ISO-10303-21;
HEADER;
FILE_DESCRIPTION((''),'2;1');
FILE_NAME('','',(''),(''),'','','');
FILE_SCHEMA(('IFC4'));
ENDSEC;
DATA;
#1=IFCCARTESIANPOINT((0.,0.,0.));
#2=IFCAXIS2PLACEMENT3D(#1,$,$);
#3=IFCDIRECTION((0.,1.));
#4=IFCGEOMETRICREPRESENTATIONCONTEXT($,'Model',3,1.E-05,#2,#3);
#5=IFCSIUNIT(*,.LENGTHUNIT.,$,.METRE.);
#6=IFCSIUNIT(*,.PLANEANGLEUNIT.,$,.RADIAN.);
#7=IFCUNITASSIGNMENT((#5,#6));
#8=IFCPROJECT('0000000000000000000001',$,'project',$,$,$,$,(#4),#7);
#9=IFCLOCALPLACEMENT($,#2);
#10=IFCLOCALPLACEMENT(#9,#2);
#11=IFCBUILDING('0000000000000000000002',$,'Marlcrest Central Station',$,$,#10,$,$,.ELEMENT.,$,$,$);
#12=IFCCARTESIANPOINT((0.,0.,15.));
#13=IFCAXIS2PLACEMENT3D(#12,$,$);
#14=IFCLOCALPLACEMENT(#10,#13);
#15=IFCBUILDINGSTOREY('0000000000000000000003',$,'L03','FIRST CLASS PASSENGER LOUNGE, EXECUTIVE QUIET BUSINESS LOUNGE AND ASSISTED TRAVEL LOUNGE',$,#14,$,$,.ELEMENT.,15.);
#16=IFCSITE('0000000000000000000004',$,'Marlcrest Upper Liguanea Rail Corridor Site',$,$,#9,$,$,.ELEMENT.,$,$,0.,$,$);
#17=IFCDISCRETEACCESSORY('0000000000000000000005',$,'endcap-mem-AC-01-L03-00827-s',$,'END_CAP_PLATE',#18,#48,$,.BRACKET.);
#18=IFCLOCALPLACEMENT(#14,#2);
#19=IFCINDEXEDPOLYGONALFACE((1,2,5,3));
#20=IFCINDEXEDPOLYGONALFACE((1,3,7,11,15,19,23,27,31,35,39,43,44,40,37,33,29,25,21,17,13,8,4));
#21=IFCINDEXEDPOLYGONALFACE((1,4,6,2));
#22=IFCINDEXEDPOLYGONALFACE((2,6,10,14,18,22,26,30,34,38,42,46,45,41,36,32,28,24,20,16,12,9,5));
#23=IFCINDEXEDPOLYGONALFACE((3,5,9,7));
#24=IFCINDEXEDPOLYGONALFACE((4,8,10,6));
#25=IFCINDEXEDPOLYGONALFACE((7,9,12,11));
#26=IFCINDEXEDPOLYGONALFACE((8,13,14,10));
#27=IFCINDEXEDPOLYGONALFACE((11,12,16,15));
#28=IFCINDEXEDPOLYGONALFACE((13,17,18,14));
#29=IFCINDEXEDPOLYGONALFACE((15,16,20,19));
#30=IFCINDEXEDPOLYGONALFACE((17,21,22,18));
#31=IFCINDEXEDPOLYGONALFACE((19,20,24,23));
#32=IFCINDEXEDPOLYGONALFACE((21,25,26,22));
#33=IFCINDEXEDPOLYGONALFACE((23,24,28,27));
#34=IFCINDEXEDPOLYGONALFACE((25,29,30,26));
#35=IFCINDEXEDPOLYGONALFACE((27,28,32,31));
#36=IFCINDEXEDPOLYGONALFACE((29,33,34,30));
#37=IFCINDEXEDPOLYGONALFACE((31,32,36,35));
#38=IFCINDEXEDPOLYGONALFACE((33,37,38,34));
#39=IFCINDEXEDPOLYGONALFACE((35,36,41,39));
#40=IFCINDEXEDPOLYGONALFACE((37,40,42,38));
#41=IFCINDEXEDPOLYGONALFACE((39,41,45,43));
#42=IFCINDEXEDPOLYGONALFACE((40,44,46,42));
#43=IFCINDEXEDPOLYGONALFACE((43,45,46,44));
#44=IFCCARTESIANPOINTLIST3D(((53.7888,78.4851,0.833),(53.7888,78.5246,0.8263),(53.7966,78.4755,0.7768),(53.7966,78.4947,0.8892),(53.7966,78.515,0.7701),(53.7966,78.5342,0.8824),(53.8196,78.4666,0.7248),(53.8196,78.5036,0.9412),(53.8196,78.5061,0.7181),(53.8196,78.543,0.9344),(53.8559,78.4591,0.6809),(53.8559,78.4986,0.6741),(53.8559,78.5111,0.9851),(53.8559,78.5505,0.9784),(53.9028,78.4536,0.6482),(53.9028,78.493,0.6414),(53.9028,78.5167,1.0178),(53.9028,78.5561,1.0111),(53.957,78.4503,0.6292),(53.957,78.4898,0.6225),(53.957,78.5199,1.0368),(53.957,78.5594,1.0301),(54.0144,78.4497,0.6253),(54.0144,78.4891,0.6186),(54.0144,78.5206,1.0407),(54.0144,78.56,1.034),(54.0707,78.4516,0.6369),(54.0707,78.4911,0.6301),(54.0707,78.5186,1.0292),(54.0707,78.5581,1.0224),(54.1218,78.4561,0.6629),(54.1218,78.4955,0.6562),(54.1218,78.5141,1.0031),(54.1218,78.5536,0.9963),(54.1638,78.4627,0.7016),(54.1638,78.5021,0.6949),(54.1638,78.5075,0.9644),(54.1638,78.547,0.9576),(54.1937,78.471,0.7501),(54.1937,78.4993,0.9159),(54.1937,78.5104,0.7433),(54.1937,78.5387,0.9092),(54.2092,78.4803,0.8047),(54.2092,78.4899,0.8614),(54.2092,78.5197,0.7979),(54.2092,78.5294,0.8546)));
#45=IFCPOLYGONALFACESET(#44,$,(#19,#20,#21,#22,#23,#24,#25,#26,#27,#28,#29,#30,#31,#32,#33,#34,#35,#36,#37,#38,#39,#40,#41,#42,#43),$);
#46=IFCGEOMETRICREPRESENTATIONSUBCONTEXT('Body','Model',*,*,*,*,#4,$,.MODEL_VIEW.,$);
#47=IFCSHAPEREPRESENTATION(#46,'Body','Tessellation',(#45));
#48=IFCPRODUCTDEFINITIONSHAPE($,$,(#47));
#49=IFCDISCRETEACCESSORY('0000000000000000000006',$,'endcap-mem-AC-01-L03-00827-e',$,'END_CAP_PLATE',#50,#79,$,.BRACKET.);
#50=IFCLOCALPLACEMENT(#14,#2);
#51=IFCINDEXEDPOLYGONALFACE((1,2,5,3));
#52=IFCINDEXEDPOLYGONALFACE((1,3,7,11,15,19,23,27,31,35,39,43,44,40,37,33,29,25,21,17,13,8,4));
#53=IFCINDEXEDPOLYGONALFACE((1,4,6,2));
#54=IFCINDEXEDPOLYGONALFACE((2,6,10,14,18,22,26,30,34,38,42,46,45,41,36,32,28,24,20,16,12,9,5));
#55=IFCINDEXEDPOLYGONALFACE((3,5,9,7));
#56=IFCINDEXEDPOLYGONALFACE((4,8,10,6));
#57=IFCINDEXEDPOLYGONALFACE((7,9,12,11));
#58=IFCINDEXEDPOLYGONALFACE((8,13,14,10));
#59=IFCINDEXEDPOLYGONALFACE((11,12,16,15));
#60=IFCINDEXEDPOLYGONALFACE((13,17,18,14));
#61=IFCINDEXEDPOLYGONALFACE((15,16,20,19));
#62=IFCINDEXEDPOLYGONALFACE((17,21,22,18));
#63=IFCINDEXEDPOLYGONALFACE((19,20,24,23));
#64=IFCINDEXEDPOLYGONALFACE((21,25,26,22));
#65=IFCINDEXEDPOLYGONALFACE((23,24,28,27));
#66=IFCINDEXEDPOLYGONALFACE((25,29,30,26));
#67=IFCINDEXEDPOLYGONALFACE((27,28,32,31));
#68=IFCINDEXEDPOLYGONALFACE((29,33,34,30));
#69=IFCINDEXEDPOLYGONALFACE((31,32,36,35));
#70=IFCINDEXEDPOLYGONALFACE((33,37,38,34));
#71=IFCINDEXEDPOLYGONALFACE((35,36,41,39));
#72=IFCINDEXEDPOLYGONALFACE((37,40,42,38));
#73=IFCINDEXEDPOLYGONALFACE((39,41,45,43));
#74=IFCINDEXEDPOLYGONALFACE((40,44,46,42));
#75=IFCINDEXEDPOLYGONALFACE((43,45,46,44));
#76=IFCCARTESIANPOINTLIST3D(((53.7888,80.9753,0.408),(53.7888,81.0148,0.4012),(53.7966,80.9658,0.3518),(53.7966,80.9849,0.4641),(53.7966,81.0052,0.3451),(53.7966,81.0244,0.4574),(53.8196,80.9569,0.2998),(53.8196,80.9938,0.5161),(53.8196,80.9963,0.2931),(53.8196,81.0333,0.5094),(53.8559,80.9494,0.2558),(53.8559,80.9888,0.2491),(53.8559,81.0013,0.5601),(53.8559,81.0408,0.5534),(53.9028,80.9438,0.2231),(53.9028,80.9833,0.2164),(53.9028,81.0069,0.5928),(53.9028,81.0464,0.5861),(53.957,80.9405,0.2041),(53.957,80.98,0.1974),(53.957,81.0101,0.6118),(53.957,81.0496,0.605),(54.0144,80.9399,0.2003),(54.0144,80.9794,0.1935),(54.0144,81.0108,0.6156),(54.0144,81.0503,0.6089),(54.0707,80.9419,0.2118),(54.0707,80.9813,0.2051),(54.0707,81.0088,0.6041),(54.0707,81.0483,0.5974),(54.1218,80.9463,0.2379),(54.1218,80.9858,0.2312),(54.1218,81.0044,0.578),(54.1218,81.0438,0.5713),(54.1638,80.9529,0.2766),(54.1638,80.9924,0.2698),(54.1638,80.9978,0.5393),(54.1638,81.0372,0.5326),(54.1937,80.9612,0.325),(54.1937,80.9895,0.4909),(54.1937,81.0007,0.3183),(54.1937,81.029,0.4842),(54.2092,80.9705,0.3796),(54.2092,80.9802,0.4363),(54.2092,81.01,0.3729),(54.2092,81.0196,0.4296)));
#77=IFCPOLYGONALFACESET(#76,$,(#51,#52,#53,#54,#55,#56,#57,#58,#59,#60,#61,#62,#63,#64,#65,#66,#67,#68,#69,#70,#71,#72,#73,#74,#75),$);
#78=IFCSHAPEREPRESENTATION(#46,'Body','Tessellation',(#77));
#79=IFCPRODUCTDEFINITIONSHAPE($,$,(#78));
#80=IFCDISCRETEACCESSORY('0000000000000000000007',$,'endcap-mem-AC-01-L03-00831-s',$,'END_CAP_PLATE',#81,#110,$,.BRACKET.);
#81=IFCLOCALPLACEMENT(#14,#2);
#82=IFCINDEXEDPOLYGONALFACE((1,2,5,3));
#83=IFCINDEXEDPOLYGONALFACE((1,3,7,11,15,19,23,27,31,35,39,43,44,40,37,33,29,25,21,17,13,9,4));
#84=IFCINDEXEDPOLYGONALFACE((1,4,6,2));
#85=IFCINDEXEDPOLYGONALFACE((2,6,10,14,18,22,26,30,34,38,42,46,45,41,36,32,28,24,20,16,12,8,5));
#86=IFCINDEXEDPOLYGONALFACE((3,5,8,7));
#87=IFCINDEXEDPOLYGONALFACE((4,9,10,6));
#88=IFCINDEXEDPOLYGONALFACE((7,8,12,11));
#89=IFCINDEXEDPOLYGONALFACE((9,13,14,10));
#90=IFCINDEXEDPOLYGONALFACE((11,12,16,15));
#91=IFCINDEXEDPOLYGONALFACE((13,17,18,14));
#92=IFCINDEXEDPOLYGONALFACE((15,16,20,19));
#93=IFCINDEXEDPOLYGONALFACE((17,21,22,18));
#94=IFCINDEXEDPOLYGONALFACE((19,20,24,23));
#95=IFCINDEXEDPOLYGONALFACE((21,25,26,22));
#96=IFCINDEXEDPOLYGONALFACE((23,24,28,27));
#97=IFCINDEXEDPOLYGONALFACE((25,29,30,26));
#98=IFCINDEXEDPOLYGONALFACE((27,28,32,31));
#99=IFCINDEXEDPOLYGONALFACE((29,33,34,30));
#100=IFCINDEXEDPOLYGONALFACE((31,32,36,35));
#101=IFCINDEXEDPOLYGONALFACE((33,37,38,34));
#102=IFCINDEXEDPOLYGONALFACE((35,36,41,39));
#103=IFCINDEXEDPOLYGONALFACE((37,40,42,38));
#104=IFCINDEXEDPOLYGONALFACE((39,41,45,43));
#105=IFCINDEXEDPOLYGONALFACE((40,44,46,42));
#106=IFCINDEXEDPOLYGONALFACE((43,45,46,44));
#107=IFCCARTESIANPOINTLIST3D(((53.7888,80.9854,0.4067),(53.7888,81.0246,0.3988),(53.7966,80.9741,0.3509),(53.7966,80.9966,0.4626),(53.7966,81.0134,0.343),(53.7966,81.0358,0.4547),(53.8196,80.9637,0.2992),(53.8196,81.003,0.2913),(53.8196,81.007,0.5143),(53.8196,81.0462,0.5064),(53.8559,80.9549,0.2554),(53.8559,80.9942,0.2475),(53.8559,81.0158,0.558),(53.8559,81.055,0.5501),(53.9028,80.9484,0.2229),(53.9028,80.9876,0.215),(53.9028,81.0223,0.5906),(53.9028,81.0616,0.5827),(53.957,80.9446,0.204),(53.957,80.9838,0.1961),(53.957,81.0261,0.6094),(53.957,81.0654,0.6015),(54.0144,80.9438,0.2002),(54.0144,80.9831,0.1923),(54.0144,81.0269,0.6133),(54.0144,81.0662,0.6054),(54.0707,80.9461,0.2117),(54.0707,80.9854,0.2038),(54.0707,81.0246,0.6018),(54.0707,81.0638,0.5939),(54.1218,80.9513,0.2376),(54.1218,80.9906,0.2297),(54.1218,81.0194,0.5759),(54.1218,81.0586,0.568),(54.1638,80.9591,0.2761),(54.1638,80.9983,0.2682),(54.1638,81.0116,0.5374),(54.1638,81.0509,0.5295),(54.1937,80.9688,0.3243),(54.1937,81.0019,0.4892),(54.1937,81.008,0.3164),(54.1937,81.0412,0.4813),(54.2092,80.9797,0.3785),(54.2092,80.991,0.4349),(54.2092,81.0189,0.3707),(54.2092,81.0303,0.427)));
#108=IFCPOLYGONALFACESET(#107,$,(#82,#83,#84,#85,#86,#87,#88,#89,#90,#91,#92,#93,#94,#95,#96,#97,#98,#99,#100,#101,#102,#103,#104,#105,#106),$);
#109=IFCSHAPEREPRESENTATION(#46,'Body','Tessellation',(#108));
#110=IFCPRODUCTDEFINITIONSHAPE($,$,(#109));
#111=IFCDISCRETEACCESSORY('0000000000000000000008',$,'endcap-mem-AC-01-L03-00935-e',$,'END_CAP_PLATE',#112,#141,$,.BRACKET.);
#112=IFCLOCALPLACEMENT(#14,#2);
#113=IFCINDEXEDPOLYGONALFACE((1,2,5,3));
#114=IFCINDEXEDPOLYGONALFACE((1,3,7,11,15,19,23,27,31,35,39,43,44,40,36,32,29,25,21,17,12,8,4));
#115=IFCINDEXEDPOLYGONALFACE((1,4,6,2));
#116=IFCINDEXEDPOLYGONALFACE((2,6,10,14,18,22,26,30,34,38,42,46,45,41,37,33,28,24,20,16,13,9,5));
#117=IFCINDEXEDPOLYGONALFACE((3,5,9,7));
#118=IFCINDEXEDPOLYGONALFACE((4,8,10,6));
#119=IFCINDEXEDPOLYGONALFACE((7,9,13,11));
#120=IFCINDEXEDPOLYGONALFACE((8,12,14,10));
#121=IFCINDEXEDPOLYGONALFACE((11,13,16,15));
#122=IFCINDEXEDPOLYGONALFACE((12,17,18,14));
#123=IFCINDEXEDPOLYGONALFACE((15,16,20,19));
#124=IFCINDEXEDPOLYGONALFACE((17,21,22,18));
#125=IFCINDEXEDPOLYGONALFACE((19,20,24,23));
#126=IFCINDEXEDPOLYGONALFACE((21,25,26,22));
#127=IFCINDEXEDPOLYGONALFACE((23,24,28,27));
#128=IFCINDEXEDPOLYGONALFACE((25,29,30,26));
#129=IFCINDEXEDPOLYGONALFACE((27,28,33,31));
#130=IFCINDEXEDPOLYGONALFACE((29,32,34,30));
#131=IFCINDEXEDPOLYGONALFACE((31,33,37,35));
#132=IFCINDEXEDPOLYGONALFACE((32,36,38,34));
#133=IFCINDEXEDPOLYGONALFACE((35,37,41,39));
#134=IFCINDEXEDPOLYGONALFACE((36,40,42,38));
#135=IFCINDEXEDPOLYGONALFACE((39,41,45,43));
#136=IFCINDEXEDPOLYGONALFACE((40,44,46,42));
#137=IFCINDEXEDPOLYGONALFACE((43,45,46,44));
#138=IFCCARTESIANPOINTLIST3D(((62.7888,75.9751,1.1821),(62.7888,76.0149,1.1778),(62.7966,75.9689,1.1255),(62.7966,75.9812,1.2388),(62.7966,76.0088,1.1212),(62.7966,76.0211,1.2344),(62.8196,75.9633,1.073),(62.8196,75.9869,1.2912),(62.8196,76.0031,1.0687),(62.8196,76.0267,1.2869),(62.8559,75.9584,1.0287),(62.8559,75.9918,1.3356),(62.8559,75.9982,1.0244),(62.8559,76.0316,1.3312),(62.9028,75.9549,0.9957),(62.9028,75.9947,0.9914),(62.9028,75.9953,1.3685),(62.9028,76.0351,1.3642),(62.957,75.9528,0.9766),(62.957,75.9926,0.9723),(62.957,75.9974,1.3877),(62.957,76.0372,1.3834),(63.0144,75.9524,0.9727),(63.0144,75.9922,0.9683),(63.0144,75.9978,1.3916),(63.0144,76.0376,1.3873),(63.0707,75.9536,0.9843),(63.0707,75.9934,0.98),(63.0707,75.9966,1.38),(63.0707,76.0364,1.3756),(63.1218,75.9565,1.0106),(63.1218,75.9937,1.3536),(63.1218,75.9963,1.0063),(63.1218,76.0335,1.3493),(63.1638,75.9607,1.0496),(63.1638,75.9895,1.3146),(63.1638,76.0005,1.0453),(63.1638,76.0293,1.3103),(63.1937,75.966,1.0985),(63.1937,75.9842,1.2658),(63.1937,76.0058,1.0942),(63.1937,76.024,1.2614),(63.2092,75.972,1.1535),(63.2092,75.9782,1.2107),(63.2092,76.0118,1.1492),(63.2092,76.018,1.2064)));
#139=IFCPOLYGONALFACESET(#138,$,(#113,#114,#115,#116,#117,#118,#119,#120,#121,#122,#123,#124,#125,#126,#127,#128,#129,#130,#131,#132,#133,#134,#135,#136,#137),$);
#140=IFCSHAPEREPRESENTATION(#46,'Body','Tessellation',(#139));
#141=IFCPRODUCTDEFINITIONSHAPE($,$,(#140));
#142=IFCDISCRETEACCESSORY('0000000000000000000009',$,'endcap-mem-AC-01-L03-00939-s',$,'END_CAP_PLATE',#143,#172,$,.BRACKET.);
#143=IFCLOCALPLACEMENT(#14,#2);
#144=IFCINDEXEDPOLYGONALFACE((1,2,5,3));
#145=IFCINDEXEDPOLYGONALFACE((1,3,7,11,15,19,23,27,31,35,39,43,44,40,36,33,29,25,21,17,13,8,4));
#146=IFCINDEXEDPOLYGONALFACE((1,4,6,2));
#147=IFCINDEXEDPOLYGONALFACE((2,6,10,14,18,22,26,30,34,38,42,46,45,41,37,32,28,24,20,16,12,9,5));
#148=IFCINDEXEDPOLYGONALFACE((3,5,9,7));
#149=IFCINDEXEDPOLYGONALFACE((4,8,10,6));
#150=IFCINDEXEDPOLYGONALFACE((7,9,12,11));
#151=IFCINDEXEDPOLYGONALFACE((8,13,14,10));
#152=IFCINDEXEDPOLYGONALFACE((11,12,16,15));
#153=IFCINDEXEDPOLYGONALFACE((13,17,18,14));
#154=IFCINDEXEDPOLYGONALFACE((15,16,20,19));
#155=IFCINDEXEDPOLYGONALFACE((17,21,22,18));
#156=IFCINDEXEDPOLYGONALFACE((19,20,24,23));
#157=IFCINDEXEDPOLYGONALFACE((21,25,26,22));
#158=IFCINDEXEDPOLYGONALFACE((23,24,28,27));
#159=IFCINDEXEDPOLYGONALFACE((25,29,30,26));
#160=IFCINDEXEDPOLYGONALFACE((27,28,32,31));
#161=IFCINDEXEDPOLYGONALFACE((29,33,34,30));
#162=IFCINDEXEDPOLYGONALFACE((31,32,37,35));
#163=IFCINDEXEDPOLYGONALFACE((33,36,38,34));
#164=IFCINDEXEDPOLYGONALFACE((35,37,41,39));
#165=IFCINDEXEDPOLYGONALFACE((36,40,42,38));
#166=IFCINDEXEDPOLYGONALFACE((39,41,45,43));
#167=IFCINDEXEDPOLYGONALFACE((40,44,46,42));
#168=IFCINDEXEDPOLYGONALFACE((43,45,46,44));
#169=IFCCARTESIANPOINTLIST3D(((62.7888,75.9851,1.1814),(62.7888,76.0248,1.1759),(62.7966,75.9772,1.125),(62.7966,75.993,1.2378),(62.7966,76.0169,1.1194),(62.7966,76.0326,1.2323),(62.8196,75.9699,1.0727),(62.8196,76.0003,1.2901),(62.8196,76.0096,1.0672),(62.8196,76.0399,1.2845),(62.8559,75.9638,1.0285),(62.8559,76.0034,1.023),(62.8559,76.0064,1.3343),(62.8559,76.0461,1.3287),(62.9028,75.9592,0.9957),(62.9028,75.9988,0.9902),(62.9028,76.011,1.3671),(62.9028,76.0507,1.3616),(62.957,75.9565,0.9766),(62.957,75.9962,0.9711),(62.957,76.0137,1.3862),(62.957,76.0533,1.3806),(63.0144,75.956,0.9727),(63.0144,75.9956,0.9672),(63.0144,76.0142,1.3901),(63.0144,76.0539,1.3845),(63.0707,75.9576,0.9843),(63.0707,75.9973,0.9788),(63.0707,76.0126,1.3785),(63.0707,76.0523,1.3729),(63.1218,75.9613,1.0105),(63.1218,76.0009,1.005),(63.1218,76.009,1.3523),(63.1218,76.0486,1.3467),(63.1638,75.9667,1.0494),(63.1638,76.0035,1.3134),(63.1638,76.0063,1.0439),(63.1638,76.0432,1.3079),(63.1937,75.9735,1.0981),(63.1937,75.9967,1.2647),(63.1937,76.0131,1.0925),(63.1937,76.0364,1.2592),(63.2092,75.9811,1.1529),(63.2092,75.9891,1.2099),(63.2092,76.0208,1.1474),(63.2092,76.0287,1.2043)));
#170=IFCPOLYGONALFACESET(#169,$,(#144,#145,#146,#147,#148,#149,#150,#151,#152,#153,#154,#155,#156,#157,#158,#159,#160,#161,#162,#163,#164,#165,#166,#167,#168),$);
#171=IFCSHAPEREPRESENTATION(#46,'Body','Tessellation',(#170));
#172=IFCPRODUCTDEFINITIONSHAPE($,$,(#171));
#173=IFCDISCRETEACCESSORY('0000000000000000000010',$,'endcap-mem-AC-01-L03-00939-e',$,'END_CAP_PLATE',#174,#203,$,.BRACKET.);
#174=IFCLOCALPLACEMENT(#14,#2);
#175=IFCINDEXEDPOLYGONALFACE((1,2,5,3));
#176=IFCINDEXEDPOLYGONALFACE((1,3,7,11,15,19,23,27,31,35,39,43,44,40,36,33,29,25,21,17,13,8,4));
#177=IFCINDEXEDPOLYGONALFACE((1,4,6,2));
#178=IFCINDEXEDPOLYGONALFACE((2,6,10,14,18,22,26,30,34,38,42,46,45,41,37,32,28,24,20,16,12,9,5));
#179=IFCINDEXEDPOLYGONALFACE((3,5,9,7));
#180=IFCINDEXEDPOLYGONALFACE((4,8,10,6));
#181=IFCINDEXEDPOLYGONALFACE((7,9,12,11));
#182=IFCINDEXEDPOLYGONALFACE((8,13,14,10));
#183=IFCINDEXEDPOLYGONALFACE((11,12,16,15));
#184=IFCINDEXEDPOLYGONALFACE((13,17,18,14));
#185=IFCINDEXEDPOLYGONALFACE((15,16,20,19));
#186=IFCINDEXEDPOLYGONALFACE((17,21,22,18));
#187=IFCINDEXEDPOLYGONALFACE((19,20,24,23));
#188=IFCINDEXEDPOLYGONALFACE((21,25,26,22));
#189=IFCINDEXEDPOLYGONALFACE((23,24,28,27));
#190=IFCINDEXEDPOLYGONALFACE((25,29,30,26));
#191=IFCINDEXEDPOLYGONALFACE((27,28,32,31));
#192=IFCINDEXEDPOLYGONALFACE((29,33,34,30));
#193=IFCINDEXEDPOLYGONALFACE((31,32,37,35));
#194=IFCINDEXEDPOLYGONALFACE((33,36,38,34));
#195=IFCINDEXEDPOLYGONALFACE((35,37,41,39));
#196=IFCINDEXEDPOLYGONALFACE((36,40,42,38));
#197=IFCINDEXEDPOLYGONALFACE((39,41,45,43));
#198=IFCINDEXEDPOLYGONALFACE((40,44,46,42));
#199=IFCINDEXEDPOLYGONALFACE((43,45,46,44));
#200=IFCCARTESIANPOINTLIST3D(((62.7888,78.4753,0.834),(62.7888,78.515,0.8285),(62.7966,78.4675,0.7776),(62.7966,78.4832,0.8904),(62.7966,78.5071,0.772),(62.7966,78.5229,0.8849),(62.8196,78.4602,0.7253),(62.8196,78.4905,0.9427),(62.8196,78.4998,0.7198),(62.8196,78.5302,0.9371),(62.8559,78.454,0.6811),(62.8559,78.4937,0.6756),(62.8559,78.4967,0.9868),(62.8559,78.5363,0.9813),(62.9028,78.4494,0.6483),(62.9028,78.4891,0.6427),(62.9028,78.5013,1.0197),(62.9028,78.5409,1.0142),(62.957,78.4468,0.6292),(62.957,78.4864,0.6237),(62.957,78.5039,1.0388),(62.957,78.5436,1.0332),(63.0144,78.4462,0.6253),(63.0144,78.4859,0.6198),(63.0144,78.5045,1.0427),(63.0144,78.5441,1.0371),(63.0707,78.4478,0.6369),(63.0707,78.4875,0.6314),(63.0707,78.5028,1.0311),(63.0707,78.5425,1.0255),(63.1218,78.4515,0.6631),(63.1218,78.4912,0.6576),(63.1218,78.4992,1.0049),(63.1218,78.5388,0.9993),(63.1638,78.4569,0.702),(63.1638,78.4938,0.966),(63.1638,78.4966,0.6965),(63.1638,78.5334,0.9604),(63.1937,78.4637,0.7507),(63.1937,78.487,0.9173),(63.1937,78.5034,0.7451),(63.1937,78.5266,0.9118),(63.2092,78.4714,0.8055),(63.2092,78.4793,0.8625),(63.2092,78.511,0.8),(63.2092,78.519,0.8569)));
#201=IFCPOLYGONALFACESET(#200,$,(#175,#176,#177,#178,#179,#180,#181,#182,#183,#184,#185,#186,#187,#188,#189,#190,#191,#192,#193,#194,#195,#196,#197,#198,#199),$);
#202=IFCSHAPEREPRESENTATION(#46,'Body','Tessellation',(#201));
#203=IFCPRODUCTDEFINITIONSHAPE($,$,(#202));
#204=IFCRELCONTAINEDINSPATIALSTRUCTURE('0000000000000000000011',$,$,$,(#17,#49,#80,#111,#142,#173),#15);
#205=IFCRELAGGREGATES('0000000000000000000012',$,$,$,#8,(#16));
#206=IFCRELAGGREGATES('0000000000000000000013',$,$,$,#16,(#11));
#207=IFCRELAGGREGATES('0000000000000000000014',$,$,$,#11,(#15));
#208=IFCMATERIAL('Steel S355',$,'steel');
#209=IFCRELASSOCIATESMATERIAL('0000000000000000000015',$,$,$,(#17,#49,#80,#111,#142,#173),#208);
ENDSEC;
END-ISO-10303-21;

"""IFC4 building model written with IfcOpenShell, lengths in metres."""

from ifc_helpers import new_model, si_unit, direction, frame, origin, origin_2d, place, context, subcontext, project, spatial, circle, extrude, material, element, save


model = new_model("IFC4")

# Units and contexts
model_context = context("Model", 3, precision=1e-05, world=origin(), true_north=direction((0.0, 1.0)))
body_context = subcontext(model_context, "Body", "Model", "MODEL_VIEW")
ifc_project = project(units=[si_unit("LENGTHUNIT", "METRE"), si_unit("PLANEANGLEUNIT", "RADIAN")], contexts=[model_context])

# Site, building, storey
site_placement = place(None, origin())
site = spatial("IfcSite", under=ifc_project, at=site_placement, Name="Marlcrest Upper Liguanea Rail Corridor Site", CompositionType="ELEMENT", RefElevation=0.0)
building_placement = place(site_placement, origin())
building = spatial("IfcBuilding", under=site, at=building_placement, Name="Marlcrest Central Station", CompositionType="ELEMENT")
storey_placement = place(building_placement, frame((0.0, 0.0, 15.0)))
storey = spatial("IfcBuildingStorey", under=building, at=storey_placement, Name="L03", Description="FIRST CLASS PASSENGER LOUNGE, EXECUTIVE QUIET BUSINESS LOUNGE AND ASSISTED TRAVEL LOUNGE", CompositionType="ELEMENT", Elevation=15.0)

# Shared definitions
ifc_material_1 = material(Name="Steel S355", Category="steel")

# Discrete accessories
for number, where, z_axis, x_axis, name in (
    (1, (54.0, 78.4851, 0.833), (0.0, 0.985741, -0.168269), (-1.0, 0.0, 0.0), "endcap-mem-AC-01-L03-00827-s"),
    (2, (54.0, 80.9753, 0.408), (0.0, 0.985741, -0.168269), (-1.0, 0.0, 0.0), "endcap-mem-AC-01-L03-00827-e"),
    (3, (54.0, 80.9854, 0.4067), (0.0, 0.980359, -0.197219), (-1.0, 0.0, 0.0), "endcap-mem-AC-01-L03-00831-s"),
    (4, (63.0, 75.9751, 1.1821), (0.0, 0.994155, -0.107959), (-1.0, 0.0, 0.0), "endcap-mem-AC-01-L03-00935-e"),
    (5, (63.0, 75.9851, 1.1814), (0.0, 0.990403, -0.138211), (-1.0, 0.0, 0.0), "endcap-mem-AC-01-L03-00939-s"),
    (6, (63.0, 78.4753, 0.834), (0.0, 0.990403, -0.138211), (-1.0, 0.0, 0.0), "endcap-mem-AC-01-L03-00939-e"),
):
    element("IfcDiscreteAccessory", number, at=place(storey_placement, frame(where, z_axis=z_axis, x_axis=x_axis)), inside=storey, material=ifc_material_1, Name=name, ObjectType="END_CAP_PLATE", PredefinedType="BRACKET", context=body_context, shape_type="SweptSolid", body=[
        extrude(circle(Radius=0.2112, at=origin_2d()), origin(), (0.0, 0.0, 1.0), 0.04),
    ])

save(model, "model.ifc")
